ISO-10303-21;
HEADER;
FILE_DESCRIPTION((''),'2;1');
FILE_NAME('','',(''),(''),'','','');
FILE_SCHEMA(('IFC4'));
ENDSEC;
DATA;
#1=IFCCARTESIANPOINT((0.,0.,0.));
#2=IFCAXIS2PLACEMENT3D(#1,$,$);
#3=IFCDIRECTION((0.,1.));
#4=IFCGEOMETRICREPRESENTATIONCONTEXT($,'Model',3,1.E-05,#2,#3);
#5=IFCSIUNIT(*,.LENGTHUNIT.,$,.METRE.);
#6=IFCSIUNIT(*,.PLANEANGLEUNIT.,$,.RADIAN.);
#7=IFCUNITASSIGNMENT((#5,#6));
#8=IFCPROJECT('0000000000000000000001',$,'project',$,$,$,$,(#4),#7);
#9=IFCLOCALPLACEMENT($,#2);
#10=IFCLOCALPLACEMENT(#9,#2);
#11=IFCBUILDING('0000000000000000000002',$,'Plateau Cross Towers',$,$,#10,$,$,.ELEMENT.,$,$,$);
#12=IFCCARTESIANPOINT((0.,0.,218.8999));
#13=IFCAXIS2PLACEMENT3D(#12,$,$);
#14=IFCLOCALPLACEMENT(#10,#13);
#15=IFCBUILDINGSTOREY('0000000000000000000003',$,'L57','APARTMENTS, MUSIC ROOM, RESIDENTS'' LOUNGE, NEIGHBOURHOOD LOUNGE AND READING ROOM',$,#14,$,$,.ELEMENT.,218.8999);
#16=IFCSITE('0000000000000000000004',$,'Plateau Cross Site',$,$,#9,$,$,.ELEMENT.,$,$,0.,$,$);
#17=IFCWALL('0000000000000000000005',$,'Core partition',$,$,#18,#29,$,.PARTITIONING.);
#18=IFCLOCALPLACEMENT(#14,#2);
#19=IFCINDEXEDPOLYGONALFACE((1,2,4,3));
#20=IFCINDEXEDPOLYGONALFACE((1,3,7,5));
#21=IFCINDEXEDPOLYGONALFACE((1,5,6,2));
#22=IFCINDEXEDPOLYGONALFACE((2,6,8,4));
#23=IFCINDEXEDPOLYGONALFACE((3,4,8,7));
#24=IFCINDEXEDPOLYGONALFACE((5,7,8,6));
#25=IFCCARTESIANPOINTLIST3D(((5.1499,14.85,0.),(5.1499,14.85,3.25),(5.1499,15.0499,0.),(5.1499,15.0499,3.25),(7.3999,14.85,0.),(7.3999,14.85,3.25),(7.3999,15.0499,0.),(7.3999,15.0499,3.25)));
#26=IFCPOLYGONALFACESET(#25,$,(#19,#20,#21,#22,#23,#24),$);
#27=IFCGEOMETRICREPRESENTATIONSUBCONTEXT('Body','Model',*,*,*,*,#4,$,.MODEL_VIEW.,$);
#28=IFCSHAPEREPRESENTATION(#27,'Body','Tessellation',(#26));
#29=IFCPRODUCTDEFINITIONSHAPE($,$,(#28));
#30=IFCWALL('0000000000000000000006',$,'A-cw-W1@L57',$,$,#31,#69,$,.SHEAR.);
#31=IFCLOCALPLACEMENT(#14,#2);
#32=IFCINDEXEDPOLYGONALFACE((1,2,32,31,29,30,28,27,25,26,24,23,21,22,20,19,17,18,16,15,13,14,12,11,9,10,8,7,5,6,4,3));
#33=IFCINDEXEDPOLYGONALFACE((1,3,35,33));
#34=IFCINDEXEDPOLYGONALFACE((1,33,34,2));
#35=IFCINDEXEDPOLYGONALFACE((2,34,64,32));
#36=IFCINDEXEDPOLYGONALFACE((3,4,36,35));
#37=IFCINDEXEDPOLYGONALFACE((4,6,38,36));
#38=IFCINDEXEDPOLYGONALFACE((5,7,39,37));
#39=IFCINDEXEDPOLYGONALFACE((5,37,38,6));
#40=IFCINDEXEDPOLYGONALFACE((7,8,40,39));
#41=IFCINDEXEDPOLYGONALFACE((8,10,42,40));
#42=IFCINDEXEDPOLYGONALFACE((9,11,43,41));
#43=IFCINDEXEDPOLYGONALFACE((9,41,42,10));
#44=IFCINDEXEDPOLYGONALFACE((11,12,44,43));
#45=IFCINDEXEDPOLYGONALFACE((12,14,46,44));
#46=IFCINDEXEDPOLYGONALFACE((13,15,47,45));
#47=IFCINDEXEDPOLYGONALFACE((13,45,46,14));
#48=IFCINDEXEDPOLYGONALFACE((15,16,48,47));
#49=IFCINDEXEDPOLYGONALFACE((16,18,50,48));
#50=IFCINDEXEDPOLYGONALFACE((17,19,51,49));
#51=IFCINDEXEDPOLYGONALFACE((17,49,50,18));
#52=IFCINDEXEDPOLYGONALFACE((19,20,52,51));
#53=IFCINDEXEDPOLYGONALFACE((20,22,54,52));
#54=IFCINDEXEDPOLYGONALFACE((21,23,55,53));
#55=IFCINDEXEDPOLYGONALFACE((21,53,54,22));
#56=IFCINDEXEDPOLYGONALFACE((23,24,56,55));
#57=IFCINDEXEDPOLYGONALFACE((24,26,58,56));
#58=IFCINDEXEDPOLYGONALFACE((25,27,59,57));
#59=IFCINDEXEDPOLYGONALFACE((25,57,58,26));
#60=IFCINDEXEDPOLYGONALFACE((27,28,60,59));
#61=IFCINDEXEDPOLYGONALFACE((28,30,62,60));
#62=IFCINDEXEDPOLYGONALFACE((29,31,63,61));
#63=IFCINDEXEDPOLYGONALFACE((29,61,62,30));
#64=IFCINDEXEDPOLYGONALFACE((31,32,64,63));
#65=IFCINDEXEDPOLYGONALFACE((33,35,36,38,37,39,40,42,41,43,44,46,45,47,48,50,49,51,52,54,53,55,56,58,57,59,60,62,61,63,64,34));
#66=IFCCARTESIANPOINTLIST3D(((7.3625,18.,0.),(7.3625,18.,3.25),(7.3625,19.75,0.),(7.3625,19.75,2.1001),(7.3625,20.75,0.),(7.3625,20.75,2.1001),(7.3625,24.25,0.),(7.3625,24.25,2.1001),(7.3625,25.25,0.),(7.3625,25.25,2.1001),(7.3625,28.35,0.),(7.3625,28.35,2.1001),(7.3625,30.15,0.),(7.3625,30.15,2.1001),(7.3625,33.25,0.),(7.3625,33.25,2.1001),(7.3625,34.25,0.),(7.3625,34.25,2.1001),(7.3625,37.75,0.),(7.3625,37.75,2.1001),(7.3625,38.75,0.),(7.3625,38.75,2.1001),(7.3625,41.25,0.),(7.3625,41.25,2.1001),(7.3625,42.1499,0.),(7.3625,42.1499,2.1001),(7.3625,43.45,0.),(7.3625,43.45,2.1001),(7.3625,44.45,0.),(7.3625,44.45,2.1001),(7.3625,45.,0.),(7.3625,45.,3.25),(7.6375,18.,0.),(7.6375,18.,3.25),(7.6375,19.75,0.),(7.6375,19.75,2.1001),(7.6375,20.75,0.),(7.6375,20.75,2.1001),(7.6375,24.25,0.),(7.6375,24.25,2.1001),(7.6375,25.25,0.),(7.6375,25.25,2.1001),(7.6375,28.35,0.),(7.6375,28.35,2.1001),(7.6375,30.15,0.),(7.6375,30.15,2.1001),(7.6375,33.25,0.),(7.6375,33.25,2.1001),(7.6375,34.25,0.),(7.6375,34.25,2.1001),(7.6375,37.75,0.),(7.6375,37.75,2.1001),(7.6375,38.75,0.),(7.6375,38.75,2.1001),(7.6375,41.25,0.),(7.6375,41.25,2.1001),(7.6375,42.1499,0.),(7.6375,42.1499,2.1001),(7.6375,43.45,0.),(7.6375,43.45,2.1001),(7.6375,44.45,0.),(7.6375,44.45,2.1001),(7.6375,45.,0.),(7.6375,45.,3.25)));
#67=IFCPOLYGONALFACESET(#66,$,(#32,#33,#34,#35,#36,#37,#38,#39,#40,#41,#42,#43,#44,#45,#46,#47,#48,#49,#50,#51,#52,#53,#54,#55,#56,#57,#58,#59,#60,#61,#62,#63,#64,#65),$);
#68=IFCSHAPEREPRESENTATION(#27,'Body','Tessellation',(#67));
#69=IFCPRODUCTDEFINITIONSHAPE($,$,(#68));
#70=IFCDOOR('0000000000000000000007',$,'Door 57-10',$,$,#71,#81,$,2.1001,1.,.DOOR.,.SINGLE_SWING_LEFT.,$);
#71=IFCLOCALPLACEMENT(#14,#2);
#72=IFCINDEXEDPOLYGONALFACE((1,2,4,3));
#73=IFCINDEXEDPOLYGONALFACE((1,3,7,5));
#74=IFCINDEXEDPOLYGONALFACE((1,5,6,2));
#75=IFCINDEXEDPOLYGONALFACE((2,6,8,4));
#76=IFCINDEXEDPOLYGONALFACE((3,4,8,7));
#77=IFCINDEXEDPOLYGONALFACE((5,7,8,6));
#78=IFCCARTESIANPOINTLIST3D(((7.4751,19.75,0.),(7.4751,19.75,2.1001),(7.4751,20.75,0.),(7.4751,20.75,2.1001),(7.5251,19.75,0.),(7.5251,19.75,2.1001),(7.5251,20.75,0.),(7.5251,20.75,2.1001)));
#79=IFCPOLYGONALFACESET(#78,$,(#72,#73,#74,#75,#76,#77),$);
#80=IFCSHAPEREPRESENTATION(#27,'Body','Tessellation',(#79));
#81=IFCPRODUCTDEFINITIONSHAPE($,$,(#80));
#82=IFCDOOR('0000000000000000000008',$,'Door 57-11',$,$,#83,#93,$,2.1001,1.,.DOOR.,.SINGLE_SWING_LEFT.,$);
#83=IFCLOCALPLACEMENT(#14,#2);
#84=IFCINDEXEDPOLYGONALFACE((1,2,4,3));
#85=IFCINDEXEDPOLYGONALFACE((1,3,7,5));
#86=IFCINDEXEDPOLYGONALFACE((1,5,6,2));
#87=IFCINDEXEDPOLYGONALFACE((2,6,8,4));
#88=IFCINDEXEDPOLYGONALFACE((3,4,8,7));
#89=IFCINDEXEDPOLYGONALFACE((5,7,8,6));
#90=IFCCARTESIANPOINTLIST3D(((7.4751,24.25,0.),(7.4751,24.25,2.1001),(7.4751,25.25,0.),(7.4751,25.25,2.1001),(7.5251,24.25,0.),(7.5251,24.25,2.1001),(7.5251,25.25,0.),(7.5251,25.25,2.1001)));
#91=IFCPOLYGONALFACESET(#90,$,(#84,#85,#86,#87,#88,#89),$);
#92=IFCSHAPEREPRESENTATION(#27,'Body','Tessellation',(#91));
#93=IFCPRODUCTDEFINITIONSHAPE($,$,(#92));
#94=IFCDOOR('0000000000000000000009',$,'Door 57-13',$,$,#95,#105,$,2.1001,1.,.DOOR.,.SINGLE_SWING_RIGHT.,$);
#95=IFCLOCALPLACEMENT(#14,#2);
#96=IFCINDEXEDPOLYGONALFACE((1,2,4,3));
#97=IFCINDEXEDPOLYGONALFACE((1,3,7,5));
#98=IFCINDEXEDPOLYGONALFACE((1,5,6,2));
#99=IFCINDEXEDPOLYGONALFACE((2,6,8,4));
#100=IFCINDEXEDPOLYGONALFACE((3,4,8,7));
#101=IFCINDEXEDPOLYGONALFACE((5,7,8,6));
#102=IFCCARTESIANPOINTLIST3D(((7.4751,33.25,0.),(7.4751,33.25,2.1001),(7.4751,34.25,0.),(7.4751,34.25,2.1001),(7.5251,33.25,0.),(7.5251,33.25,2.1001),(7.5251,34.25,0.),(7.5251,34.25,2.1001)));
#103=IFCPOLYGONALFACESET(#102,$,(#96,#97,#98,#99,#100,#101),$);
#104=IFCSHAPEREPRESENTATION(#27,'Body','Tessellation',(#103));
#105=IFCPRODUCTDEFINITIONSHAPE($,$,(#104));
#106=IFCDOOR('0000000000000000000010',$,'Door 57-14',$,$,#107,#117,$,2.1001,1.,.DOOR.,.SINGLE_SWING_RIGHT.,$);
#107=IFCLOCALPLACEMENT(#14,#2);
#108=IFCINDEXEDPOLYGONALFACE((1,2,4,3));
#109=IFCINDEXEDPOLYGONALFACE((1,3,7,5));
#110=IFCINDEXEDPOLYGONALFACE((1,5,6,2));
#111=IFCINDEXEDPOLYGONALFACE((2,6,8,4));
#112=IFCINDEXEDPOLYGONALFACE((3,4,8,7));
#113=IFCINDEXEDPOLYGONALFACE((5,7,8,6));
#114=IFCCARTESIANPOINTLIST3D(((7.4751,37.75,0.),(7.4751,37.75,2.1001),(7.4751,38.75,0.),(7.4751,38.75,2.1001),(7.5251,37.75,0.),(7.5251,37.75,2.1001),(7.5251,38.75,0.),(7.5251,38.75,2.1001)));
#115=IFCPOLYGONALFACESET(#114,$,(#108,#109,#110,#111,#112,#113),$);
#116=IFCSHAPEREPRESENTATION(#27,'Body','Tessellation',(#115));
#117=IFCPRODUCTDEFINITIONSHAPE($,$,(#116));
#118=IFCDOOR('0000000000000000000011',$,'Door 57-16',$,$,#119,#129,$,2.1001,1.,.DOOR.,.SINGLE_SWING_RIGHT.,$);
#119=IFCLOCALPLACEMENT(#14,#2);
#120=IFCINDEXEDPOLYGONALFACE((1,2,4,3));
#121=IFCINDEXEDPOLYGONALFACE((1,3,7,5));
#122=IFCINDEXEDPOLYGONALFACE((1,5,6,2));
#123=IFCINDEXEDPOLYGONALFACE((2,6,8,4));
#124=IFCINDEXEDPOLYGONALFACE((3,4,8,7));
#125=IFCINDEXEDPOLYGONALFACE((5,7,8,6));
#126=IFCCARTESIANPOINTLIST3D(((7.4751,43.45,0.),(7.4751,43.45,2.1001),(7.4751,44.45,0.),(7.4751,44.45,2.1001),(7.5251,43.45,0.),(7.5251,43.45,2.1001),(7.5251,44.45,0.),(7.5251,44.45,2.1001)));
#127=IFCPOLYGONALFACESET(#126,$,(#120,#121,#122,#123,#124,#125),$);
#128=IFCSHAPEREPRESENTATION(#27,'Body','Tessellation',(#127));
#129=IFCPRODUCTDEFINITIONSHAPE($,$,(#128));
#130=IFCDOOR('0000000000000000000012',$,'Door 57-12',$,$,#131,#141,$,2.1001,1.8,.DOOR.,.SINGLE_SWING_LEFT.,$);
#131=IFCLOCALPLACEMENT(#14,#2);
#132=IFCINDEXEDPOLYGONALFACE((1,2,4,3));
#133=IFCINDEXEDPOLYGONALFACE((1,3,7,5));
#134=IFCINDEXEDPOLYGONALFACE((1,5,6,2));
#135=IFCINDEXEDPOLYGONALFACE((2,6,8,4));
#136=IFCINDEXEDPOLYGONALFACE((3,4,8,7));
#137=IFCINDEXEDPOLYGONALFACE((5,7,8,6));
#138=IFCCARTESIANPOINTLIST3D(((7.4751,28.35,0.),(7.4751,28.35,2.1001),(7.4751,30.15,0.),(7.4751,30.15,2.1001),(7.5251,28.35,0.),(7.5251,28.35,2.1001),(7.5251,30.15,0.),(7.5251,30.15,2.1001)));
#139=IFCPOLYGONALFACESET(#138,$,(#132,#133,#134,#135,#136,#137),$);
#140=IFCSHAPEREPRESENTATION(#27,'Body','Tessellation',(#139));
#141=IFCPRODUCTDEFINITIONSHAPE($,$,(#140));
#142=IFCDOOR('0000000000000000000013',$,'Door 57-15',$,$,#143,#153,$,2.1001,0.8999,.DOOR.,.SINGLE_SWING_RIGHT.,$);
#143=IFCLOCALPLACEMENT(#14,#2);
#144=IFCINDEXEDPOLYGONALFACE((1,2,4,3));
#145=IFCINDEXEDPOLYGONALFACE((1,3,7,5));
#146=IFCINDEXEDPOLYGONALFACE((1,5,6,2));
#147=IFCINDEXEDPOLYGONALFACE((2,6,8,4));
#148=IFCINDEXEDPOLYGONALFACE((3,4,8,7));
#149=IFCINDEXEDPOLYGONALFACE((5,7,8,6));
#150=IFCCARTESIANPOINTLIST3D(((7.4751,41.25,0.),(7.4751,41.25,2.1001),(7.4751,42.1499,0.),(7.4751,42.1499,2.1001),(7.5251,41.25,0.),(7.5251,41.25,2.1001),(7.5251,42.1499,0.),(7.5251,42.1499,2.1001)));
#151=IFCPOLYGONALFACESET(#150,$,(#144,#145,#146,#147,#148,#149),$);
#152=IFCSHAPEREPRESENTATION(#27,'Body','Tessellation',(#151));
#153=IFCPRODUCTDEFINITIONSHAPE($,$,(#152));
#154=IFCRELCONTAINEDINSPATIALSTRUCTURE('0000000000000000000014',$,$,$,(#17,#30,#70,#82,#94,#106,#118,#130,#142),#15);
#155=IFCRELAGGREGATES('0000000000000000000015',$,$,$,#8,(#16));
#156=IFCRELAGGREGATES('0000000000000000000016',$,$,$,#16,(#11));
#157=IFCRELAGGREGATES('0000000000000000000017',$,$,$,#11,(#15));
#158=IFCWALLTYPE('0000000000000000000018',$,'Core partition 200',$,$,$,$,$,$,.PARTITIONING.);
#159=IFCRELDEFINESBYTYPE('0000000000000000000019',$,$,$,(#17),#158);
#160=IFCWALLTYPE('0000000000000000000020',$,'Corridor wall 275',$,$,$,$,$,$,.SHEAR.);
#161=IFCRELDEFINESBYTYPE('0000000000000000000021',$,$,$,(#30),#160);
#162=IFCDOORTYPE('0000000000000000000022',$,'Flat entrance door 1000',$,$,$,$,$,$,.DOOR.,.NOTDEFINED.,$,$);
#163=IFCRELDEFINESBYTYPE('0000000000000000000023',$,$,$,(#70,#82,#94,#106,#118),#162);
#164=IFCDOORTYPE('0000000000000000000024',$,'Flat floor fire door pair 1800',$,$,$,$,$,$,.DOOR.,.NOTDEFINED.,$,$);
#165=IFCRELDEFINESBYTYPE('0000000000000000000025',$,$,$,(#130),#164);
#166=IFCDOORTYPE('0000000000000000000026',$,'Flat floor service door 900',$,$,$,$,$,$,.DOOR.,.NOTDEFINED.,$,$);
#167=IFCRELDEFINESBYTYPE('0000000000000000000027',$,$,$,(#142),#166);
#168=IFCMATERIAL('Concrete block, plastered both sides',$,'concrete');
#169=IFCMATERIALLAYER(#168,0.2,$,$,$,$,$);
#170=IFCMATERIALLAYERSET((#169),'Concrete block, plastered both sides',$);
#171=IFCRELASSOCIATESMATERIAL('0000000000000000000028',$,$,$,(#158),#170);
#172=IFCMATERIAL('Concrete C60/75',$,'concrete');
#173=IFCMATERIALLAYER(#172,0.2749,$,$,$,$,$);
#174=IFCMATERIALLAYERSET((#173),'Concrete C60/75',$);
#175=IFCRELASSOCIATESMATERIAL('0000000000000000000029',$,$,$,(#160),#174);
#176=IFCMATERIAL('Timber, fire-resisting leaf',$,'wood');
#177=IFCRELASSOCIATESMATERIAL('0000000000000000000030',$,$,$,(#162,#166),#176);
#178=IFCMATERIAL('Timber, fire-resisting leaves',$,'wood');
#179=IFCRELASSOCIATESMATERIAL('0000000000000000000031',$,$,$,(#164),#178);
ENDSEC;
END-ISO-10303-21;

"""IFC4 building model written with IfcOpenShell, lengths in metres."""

from ifc_helpers import new_model, si_unit, direction, frame, frame_2d, origin, place, context, subcontext, project, spatial, rectangle, extrude, material, layer, layer_set, type_object, element, fill, save


model = new_model("IFC4")

# Units and contexts
model_context = context("Model", 3, precision=1e-05, world=origin(), true_north=direction((0.0, 1.0)))
body_context = subcontext(model_context, "Body", "Model", "MODEL_VIEW")
ifc_project = project(units=[si_unit("LENGTHUNIT", "METRE"), si_unit("PLANEANGLEUNIT", "RADIAN")], contexts=[model_context])

# Site, building, storey
site_placement = place(None, origin())
site = spatial("IfcSite", under=ifc_project, at=site_placement, Name="Plateau Cross Site", CompositionType="ELEMENT", RefElevation=0.0)
building_placement = place(site_placement, origin())
building = spatial("IfcBuilding", under=site, at=building_placement, Name="Plateau Cross Towers", CompositionType="ELEMENT")
storey_placement = place(building_placement, frame((0.0, 0.0, 218.8999)))
storey = spatial("IfcBuildingStorey", under=building, at=storey_placement, Name="L57", Description="APARTMENTS, MUSIC ROOM, RESIDENTS' LOUNGE, NEIGHBOURHOOD LOUNGE AND READING ROOM", CompositionType="ELEMENT", Elevation=218.8999)

# Wall
ifc_material_1 = material(Name="Concrete block, plastered both sides", Category="concrete")
ifc_layer_1 = layer(ifc_material_1, 0.2)
ifc_layer_set_1 = layer_set([ifc_layer_1], Name="Concrete block, plastered both sides")
wall_type_1 = type_object("IfcWallType", Name="Core partition 200", PredefinedType="PARTITIONING", material=ifc_layer_set_1)
wall_1_placement = place(storey_placement, frame((5.1499, 14.95, 0.0), z_axis=(0.0, 0.0, 1.0), x_axis=(1.0, 0.0, 0.0)))
element("IfcWall", 1, at=wall_1_placement, inside=storey, type_object=wall_type_1, Name="Core partition", PredefinedType="PARTITIONING", context=body_context, shape_type="SweptSolid", body=[
    extrude(rectangle(XDim=2.25, YDim=0.2, at=frame_2d((1.125, 0.0))), origin(), (0.0, 0.0, 1.0), 3.25),
])

# Wall, openings, doors
ifc_material_2 = material(Name="Concrete C60/75", Category="concrete")
ifc_layer_2 = layer(ifc_material_2, 0.2749)
ifc_layer_set_2 = layer_set([ifc_layer_2], Name="Concrete C60/75")
wall_type_2 = type_object("IfcWallType", Name="Corridor wall 275", PredefinedType="SHEAR", material=ifc_layer_set_2)
wall_2_placement = place(storey_placement, frame((7.5, 18.0, 0.0), z_axis=(0.0, 0.0, 1.0), x_axis=(0.0, 1.0, 0.0)))
wall_2 = element("IfcWall", 2, at=wall_2_placement, inside=storey, type_object=wall_type_2, Name="A-cw-W1@L57", PredefinedType="SHEAR", context=body_context, shape_type="SweptSolid", body=[
    extrude(rectangle(XDim=27.0, YDim=0.2749, at=frame_2d((13.5, 0.0))), origin(), (0.0, 0.0, 1.0), 3.25),
])
opening_1_placement = place(wall_2_placement, frame((1.75, 0.0, 0.0)))
opening_1 = element("IfcOpeningElement", 3, at=opening_1_placement, cuts=wall_2, PredefinedType="OPENING", context=body_context, shape_type="SweptSolid", body=[
    extrude(rectangle(XDim=1.0, YDim=2.1001, at=frame_2d((0.5, 1.05))), frame((0.0, 0.1475, 0.0), z_axis=(0.0, -1.0, 0.0), x_axis=(1.0, 0.0, 0.0)), (0.0, 0.0, 1.0), 0.2949),
])
opening_2_placement = place(wall_2_placement, frame((6.25, 0.0, 0.0)))
opening_2 = element("IfcOpeningElement", 4, at=opening_2_placement, cuts=wall_2, PredefinedType="OPENING", context=body_context, shape_type="SweptSolid", body=[
    extrude(rectangle(XDim=1.0, YDim=2.1001, at=frame_2d((0.5, 1.05))), frame((0.0, 0.1475, 0.0), z_axis=(0.0, -1.0, 0.0), x_axis=(1.0, 0.0, 0.0)), (0.0, 0.0, 1.0), 0.2949),
])
opening_3_placement = place(wall_2_placement, frame((10.3501, 0.0, 0.0)))
opening_3 = element("IfcOpeningElement", 5, at=opening_3_placement, cuts=wall_2, PredefinedType="OPENING", context=body_context, shape_type="SweptSolid", body=[
    extrude(rectangle(XDim=1.8, YDim=2.1001, at=frame_2d((0.8999, 1.05))), frame((0.0, 0.1475, 0.0), z_axis=(0.0, -1.0, 0.0), x_axis=(1.0, 0.0, 0.0)), (0.0, 0.0, 1.0), 0.2949),
])
opening_4_placement = place(wall_2_placement, frame((15.25, 0.0, 0.0)))
opening_4 = element("IfcOpeningElement", 6, at=opening_4_placement, cuts=wall_2, PredefinedType="OPENING", context=body_context, shape_type="SweptSolid", body=[
    extrude(rectangle(XDim=1.0, YDim=2.1001, at=frame_2d((0.5, 1.05))), frame((0.0, 0.1475, 0.0), z_axis=(0.0, -1.0, 0.0), x_axis=(1.0, 0.0, 0.0)), (0.0, 0.0, 1.0), 0.2949),
])
opening_5_placement = place(wall_2_placement, frame((19.75, 0.0, 0.0)))
opening_5 = element("IfcOpeningElement", 7, at=opening_5_placement, cuts=wall_2, PredefinedType="OPENING", context=body_context, shape_type="SweptSolid", body=[
    extrude(rectangle(XDim=1.0, YDim=2.1001, at=frame_2d((0.5, 1.05))), frame((0.0, 0.1475, 0.0), z_axis=(0.0, -1.0, 0.0), x_axis=(1.0, 0.0, 0.0)), (0.0, 0.0, 1.0), 0.2949),
])
opening_6_placement = place(wall_2_placement, frame((23.25, 0.0, 0.0)))
opening_6 = element("IfcOpeningElement", 8, at=opening_6_placement, cuts=wall_2, PredefinedType="OPENING", context=body_context, shape_type="SweptSolid", body=[
    extrude(rectangle(XDim=0.8999, YDim=2.1001, at=frame_2d((0.45, 1.05))), frame((0.0, 0.1475, 0.0), z_axis=(0.0, -1.0, 0.0), x_axis=(1.0, 0.0, 0.0)), (0.0, 0.0, 1.0), 0.2949),
])
opening_7_placement = place(wall_2_placement, frame((25.45, 0.0, 0.0)))
opening_7 = element("IfcOpeningElement", 9, at=opening_7_placement, cuts=wall_2, PredefinedType="OPENING", context=body_context, shape_type="SweptSolid", body=[
    extrude(rectangle(XDim=1.0, YDim=2.1001, at=frame_2d((0.5, 1.05))), frame((0.0, 0.1475, 0.0), z_axis=(0.0, -1.0, 0.0), x_axis=(1.0, 0.0, 0.0)), (0.0, 0.0, 1.0), 0.2949),
])
ifc_material_3 = material(Name="Timber, fire-resisting leaf", Category="wood")
door_type_1 = type_object("IfcDoorType", Name="Flat entrance door 1000", OperationType="NOTDEFINED", PredefinedType="DOOR", material=ifc_material_3)
door_1_placement = place(opening_1_placement, origin())
door_1 = element("IfcDoor", 10, at=door_1_placement, inside=storey, type_object=door_type_1, Name="Door 57-10", OperationType="SINGLE_SWING_LEFT", OverallHeight=2.1001, OverallWidth=1.0, PredefinedType="DOOR", context=body_context, shape_type="SweptSolid", body=[
    extrude(rectangle(XDim=1.0, YDim=2.1001, at=frame_2d((0.5, 1.05))), frame((0.0, 0.0249, 0.0), z_axis=(0.0, -1.0, 0.0), x_axis=(1.0, 0.0, 0.0)), (0.0, 0.0, 1.0), 0.05),
])
fill(opening_1, door_1)
door_2_placement = place(opening_2_placement, origin())
door_2 = element("IfcDoor", 11, at=door_2_placement, inside=storey, type_object=door_type_1, Name="Door 57-11", OperationType="SINGLE_SWING_LEFT", OverallHeight=2.1001, OverallWidth=1.0, PredefinedType="DOOR", context=body_context, shape_type="SweptSolid", body=[
    extrude(rectangle(XDim=1.0, YDim=2.1001, at=frame_2d((0.5, 1.05))), frame((0.0, 0.0249, 0.0), z_axis=(0.0, -1.0, 0.0), x_axis=(1.0, 0.0, 0.0)), (0.0, 0.0, 1.0), 0.05),
])
fill(opening_2, door_2)
door_3_placement = place(opening_4_placement, origin())
door_3 = element("IfcDoor", 12, at=door_3_placement, inside=storey, type_object=door_type_1, Name="Door 57-13", OperationType="SINGLE_SWING_RIGHT", OverallHeight=2.1001, OverallWidth=1.0, PredefinedType="DOOR", context=body_context, shape_type="SweptSolid", body=[
    extrude(rectangle(XDim=1.0, YDim=2.1001, at=frame_2d((0.5, 1.05))), frame((0.0, 0.0249, 0.0), z_axis=(0.0, -1.0, 0.0), x_axis=(1.0, 0.0, 0.0)), (0.0, 0.0, 1.0), 0.05),
])
fill(opening_4, door_3)
door_4_placement = place(opening_5_placement, origin())
door_4 = element("IfcDoor", 13, at=door_4_placement, inside=storey, type_object=door_type_1, Name="Door 57-14", OperationType="SINGLE_SWING_RIGHT", OverallHeight=2.1001, OverallWidth=1.0, PredefinedType="DOOR", context=body_context, shape_type="SweptSolid", body=[
    extrude(rectangle(XDim=1.0, YDim=2.1001, at=frame_2d((0.5, 1.05))), frame((0.0, 0.0249, 0.0), z_axis=(0.0, -1.0, 0.0), x_axis=(1.0, 0.0, 0.0)), (0.0, 0.0, 1.0), 0.05),
])
fill(opening_5, door_4)
door_5_placement = place(opening_7_placement, origin())
door_5 = element("IfcDoor", 14, at=door_5_placement, inside=storey, type_object=door_type_1, Name="Door 57-16", OperationType="SINGLE_SWING_RIGHT", OverallHeight=2.1001, OverallWidth=1.0, PredefinedType="DOOR", context=body_context, shape_type="SweptSolid", body=[
    extrude(rectangle(XDim=1.0, YDim=2.1001, at=frame_2d((0.5, 1.05))), frame((0.0, 0.0249, 0.0), z_axis=(0.0, -1.0, 0.0), x_axis=(1.0, 0.0, 0.0)), (0.0, 0.0, 1.0), 0.05),
])
fill(opening_7, door_5)
ifc_material_4 = material(Name="Timber, fire-resisting leaves", Category="wood")
door_type_2 = type_object("IfcDoorType", Name="Flat floor fire door pair 1800", OperationType="NOTDEFINED", PredefinedType="DOOR", material=ifc_material_4)
door_6_placement = place(opening_3_placement, origin())
door_6 = element("IfcDoor", 15, at=door_6_placement, inside=storey, type_object=door_type_2, Name="Door 57-12", OperationType="SINGLE_SWING_LEFT", OverallHeight=2.1001, OverallWidth=1.8, PredefinedType="DOOR", context=body_context, shape_type="SweptSolid", body=[
    extrude(rectangle(XDim=1.8, YDim=2.1001, at=frame_2d((0.8999, 1.05))), frame((0.0, 0.0249, 0.0), z_axis=(0.0, -1.0, 0.0), x_axis=(1.0, 0.0, 0.0)), (0.0, 0.0, 1.0), 0.05),
])
fill(opening_3, door_6)
door_type_3 = type_object("IfcDoorType", Name="Flat floor service door 900", OperationType="NOTDEFINED", PredefinedType="DOOR", material=ifc_material_3)
door_7_placement = place(opening_6_placement, origin())
door_7 = element("IfcDoor", 16, at=door_7_placement, inside=storey, type_object=door_type_3, Name="Door 57-15", OperationType="SINGLE_SWING_RIGHT", OverallHeight=2.1001, OverallWidth=0.8999, PredefinedType="DOOR", context=body_context, shape_type="SweptSolid", body=[
    extrude(rectangle(XDim=0.8999, YDim=2.1001, at=frame_2d((0.45, 1.05))), frame((0.0, 0.0249, 0.0), z_axis=(0.0, -1.0, 0.0), x_axis=(1.0, 0.0, 0.0)), (0.0, 0.0, 1.0), 0.05),
])
fill(opening_6, door_7)

save(model, "model.ifc")
